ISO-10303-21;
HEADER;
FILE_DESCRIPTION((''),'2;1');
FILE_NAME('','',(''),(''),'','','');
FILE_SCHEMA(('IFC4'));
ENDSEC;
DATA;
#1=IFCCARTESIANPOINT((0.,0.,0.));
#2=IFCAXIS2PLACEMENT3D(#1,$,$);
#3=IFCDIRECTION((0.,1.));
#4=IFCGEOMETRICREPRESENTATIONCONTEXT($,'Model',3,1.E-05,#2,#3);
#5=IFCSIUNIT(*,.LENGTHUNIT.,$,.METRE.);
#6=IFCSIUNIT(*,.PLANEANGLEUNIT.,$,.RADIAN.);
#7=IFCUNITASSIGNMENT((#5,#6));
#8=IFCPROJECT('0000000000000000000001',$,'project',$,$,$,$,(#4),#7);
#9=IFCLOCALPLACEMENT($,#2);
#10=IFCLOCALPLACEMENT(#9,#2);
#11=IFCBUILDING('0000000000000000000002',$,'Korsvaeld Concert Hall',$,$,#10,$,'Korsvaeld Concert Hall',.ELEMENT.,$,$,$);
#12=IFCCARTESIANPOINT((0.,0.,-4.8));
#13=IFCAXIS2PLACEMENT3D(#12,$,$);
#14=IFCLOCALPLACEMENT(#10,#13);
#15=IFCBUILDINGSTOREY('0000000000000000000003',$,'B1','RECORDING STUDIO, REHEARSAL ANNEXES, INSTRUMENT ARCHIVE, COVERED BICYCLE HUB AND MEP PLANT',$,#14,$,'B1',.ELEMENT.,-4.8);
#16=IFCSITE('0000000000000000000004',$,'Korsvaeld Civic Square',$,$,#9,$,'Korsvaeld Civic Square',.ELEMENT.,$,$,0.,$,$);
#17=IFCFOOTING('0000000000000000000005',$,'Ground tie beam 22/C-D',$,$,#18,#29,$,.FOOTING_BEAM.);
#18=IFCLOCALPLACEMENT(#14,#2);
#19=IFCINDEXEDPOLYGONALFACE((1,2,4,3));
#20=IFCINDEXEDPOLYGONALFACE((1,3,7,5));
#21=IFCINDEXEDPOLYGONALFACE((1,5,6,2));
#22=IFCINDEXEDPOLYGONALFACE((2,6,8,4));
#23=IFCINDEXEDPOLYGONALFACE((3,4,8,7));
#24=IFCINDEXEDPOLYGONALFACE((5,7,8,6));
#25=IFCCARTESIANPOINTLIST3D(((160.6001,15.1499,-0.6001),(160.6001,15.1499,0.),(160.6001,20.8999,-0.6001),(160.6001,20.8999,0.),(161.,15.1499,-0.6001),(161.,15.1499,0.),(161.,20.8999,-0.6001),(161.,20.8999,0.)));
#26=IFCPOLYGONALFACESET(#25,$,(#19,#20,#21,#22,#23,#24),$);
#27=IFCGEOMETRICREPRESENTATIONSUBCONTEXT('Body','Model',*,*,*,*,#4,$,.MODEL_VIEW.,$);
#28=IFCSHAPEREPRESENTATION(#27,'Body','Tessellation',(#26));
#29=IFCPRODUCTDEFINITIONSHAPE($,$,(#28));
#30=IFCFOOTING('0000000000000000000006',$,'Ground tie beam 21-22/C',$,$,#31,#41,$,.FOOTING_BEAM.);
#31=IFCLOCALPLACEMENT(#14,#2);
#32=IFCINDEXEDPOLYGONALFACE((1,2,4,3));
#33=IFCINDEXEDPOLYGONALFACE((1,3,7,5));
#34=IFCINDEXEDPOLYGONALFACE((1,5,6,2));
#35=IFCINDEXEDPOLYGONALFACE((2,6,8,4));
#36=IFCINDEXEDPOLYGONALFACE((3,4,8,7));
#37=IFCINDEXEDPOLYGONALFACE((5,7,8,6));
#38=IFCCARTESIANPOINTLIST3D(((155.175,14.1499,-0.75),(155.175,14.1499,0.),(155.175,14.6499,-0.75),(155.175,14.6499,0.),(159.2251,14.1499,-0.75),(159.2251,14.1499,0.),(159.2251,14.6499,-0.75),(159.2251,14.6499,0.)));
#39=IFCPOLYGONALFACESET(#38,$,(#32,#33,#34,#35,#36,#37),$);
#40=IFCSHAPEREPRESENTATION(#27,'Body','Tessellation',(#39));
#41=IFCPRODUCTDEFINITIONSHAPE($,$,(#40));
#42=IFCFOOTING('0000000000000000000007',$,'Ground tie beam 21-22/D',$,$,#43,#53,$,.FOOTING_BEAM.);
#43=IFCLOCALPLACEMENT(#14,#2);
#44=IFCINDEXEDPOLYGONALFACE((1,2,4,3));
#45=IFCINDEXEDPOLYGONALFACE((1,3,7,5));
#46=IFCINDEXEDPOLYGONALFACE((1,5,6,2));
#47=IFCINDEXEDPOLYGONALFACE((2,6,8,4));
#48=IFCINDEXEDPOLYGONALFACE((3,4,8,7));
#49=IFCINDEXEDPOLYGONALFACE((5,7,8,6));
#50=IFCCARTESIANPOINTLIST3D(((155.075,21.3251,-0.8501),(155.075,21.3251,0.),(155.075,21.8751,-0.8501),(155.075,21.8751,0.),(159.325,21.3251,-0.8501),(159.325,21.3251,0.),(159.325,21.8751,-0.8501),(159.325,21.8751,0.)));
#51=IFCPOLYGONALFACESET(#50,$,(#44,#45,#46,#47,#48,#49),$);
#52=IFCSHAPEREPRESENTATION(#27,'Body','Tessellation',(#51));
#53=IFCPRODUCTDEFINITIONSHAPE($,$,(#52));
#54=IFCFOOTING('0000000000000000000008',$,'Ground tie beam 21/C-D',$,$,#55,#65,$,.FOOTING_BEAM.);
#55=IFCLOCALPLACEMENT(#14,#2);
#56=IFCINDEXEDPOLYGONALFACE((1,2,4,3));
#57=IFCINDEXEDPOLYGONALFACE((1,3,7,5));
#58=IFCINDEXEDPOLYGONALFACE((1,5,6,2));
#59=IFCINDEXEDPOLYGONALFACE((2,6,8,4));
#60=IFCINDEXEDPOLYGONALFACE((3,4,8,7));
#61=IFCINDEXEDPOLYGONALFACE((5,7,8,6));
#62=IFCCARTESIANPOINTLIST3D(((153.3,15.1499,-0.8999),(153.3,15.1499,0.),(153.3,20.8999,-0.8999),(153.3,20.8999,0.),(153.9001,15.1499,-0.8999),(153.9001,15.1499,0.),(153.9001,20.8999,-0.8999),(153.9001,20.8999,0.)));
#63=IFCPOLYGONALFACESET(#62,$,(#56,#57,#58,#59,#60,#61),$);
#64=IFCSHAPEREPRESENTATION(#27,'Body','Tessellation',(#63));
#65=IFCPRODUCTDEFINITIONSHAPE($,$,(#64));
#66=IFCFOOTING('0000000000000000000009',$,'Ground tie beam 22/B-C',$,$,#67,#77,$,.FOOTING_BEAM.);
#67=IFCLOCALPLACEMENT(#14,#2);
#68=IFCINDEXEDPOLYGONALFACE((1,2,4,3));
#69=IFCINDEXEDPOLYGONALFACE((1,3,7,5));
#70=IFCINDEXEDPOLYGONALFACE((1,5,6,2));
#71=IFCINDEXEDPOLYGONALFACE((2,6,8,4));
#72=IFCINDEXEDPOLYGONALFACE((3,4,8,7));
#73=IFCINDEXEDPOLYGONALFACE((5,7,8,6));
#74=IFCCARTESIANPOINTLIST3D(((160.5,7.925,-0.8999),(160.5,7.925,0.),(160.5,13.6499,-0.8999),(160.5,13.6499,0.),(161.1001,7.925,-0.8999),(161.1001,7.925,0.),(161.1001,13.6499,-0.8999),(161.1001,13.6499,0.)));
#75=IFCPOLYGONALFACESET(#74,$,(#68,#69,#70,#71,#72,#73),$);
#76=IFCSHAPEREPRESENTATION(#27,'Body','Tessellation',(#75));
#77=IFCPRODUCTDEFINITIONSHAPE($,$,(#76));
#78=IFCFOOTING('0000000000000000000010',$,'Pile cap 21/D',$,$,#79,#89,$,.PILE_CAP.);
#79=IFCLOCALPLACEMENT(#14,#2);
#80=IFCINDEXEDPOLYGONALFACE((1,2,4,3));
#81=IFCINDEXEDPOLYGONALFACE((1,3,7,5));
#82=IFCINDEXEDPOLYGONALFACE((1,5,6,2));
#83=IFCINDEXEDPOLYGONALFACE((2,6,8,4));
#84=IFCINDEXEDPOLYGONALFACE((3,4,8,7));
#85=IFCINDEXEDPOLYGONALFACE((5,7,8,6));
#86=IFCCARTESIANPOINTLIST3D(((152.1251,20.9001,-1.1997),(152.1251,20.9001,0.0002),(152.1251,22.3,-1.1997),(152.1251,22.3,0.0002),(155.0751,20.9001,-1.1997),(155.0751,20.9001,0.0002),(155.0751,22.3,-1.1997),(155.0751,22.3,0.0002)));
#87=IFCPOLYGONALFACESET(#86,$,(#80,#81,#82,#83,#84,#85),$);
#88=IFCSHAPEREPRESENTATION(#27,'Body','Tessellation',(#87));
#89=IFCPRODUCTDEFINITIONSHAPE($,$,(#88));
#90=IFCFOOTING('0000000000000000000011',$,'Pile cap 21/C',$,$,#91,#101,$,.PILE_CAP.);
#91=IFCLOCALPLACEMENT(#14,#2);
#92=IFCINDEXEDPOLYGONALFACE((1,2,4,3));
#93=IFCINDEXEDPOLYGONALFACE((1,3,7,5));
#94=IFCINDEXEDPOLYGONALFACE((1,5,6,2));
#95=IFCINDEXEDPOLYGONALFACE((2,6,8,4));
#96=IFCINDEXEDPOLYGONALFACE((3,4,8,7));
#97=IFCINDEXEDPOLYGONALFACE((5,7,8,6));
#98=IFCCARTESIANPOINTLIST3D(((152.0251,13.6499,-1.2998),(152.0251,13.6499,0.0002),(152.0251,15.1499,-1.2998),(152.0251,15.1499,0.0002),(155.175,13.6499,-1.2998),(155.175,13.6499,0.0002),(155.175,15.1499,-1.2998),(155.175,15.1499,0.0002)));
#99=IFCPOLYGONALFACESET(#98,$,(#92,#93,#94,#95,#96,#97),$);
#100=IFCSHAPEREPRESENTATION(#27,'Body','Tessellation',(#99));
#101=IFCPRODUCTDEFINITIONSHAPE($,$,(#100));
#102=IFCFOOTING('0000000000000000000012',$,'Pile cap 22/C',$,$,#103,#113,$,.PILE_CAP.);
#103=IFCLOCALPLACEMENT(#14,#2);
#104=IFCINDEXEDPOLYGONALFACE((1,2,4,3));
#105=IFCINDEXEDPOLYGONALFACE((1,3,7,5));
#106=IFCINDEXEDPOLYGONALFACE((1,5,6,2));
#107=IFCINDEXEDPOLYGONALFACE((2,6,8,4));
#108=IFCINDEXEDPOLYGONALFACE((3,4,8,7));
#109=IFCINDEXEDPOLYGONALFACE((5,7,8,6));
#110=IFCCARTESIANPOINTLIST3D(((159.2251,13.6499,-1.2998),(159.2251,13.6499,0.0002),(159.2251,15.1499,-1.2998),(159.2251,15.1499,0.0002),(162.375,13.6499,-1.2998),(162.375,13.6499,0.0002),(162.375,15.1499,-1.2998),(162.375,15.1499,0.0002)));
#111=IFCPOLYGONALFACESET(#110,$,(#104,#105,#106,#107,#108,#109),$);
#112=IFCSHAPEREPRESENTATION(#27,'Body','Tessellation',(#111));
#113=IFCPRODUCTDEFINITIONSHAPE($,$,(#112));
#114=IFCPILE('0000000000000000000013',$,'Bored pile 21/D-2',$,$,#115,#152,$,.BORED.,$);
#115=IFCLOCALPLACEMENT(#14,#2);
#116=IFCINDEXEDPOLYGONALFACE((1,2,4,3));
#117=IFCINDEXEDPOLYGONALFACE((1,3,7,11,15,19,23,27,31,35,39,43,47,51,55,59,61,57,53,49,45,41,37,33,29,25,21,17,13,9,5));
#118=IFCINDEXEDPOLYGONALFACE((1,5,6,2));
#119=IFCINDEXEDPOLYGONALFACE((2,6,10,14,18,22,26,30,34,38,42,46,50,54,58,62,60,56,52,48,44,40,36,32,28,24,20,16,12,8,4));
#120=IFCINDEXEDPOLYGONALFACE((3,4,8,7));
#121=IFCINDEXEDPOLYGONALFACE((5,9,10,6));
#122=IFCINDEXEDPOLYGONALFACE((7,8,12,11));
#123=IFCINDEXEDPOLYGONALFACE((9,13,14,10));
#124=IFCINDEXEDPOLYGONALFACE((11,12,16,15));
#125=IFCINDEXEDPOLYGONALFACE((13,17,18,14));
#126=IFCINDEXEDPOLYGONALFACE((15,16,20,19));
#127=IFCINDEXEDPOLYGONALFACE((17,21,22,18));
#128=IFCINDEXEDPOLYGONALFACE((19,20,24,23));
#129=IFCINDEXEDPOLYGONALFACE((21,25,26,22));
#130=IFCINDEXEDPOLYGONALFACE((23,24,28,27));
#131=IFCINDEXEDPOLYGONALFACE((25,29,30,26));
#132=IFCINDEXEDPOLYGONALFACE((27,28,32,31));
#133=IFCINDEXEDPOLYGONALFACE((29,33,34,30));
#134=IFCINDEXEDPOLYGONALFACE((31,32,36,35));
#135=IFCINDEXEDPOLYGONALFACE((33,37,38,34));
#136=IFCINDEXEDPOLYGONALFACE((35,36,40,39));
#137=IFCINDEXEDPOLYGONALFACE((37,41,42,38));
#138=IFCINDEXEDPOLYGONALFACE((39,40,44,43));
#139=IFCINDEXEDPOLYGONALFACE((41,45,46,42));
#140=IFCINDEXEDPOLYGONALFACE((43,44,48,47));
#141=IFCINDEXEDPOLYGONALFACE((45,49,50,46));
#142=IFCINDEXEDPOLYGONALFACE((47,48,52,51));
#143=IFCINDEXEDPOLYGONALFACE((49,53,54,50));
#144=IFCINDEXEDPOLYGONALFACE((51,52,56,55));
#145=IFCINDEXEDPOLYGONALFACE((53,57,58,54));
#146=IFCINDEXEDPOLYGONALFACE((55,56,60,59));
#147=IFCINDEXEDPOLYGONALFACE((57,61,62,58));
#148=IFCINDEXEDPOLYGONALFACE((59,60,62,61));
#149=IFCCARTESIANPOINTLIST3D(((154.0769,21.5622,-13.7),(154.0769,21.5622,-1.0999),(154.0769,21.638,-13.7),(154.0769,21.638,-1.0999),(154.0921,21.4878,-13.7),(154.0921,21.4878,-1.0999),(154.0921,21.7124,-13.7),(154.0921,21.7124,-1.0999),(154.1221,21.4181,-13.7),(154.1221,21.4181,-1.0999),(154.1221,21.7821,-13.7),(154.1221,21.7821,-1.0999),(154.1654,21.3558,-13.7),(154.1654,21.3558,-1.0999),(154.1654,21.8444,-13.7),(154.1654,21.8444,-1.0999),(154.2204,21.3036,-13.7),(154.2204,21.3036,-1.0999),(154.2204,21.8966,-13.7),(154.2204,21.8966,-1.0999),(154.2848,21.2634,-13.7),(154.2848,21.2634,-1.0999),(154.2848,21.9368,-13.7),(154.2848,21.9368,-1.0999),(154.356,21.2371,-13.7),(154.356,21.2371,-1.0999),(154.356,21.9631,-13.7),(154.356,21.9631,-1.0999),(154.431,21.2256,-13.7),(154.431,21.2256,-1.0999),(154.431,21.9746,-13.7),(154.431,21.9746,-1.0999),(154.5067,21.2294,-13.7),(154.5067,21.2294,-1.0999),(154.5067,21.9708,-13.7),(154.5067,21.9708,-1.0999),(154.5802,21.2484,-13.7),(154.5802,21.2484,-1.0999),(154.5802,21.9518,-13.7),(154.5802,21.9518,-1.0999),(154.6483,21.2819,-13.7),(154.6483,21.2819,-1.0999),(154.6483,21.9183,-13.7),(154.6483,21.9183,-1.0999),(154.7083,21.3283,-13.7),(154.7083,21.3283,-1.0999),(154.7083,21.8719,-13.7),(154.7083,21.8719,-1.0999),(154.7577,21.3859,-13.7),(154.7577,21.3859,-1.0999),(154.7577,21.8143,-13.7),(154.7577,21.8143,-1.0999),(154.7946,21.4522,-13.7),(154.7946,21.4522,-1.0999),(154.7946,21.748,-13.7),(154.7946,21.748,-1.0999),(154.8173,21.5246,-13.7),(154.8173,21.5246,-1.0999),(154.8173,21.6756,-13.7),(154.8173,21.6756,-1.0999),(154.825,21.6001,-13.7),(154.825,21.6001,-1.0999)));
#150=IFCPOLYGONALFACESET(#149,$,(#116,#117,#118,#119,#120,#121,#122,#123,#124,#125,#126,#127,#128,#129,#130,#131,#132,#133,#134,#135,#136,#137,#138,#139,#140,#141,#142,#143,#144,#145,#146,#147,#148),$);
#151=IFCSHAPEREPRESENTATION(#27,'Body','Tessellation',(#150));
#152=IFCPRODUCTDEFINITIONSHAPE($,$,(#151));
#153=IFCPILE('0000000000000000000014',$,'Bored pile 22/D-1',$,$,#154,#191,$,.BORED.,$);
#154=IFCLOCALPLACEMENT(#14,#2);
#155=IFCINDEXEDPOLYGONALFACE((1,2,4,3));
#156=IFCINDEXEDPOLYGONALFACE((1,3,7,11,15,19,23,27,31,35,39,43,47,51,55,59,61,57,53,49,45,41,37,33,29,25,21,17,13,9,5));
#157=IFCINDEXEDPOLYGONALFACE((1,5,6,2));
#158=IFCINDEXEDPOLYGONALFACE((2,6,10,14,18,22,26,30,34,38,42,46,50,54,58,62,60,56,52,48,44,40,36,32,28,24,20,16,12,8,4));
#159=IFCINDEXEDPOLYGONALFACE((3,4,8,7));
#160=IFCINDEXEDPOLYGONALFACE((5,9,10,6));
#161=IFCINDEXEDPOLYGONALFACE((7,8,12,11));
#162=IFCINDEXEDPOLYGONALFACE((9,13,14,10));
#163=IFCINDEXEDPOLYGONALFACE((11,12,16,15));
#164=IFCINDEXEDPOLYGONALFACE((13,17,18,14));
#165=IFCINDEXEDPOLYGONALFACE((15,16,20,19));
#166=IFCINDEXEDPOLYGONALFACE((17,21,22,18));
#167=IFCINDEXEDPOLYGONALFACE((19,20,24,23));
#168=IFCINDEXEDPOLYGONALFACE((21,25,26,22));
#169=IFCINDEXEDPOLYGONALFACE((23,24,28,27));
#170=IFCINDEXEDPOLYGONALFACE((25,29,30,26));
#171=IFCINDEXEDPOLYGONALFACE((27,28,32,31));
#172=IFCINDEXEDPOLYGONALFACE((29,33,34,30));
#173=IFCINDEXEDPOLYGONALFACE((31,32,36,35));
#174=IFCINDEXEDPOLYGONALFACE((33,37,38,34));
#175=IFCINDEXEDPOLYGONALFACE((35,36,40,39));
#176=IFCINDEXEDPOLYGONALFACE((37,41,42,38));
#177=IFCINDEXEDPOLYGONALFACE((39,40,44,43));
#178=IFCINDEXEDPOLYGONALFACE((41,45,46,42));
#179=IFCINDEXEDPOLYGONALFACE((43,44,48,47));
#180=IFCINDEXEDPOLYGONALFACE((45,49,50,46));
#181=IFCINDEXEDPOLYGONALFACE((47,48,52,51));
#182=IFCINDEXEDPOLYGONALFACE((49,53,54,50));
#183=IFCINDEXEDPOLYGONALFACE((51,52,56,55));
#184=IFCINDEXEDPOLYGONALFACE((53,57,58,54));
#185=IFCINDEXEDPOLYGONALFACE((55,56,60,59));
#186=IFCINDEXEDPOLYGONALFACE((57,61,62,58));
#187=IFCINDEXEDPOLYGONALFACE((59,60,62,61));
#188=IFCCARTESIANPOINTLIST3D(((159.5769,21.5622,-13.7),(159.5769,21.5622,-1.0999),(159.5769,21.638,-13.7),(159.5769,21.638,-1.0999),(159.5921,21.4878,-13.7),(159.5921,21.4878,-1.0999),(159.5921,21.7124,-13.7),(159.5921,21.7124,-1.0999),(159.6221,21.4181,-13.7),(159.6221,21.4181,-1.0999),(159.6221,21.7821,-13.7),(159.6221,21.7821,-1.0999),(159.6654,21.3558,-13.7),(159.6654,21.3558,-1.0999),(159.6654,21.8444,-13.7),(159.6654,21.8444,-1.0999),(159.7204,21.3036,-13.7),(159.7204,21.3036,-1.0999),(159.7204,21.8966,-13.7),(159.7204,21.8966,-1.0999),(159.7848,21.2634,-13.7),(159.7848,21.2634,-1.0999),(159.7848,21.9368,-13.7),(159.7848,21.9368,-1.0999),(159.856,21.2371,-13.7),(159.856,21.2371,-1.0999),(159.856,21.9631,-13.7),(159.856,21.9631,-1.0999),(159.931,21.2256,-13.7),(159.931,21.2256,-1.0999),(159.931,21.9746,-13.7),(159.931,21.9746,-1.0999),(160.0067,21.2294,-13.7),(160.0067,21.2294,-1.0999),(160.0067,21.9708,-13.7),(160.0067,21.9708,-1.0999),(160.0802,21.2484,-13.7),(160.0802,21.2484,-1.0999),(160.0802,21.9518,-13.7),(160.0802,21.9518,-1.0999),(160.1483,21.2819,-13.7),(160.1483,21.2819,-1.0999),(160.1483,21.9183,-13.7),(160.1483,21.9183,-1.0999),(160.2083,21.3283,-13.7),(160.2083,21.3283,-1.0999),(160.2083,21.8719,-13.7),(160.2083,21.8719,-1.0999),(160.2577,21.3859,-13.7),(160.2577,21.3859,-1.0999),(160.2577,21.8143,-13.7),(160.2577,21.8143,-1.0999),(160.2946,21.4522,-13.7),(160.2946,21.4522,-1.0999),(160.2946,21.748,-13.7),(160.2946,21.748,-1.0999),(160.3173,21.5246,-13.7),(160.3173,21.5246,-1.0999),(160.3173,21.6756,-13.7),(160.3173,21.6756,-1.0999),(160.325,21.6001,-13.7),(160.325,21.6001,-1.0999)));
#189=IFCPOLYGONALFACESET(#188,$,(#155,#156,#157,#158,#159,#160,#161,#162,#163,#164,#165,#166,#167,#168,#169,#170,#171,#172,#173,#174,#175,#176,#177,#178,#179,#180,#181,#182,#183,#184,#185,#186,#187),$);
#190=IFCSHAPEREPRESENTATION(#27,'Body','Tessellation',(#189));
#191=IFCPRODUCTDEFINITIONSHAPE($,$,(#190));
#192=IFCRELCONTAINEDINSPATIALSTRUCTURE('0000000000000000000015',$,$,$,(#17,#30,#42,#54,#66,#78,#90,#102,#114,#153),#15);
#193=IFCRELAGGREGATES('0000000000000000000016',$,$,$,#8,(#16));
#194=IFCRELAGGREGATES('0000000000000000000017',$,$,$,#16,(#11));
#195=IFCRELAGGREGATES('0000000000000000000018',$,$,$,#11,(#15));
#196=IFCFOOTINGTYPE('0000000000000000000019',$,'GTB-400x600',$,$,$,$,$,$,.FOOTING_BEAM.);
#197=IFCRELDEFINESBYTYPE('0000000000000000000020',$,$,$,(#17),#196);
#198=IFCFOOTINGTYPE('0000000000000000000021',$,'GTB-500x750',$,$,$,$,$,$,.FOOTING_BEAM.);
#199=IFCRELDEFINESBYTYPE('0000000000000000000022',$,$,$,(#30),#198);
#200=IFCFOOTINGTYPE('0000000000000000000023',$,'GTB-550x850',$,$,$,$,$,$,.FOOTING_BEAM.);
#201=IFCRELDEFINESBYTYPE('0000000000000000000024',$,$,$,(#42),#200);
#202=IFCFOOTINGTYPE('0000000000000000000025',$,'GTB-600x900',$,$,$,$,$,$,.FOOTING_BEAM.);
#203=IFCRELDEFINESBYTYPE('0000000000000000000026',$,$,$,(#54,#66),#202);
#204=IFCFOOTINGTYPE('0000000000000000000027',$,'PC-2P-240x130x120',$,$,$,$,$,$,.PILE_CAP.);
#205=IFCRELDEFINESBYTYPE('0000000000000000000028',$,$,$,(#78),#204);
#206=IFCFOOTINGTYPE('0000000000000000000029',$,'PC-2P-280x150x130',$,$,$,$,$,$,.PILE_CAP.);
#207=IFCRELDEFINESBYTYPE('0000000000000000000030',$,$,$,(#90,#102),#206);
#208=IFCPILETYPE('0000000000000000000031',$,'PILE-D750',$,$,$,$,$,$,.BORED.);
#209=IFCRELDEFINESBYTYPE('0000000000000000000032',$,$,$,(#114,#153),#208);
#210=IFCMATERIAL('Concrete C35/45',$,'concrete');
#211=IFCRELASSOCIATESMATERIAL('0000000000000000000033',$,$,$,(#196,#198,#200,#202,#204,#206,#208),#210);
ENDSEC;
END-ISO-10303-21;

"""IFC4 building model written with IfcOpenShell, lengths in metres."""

from ifc_helpers import new_model, si_unit, direction, frame, origin, origin_2d, place, context, subcontext, project, spatial, rectangle, circle, extrude, material, material_profile, profile_set, type_object, element, save


model = new_model("IFC4")

# Units and contexts
model_context = context("Model", 3, precision=1e-05, world=origin(), true_north=direction((0.0, 1.0)))
body_context = subcontext(model_context, "Body", "Model", "MODEL_VIEW")
ifc_project = project(units=[si_unit("LENGTHUNIT", "METRE"), si_unit("PLANEANGLEUNIT", "RADIAN")], contexts=[model_context])

# Site, building, storey
site_placement = place(None, origin())
site = spatial("IfcSite", under=ifc_project, at=site_placement, Name="Korsvaeld Civic Square", LongName="Korsvaeld Civic Square", CompositionType="ELEMENT", RefElevation=0.0)
building_placement = place(site_placement, origin())
building = spatial("IfcBuilding", under=site, at=building_placement, Name="Korsvaeld Concert Hall", LongName="Korsvaeld Concert Hall", CompositionType="ELEMENT")
storey_placement = place(building_placement, frame((0.0, 0.0, -4.8)))
storey = spatial("IfcBuildingStorey", under=building, at=storey_placement, Name="B1", Description="RECORDING STUDIO, REHEARSAL ANNEXES, INSTRUMENT ARCHIVE, COVERED BICYCLE HUB AND MEP PLANT", LongName="B1", CompositionType="ELEMENT", Elevation=-4.8)

# Footings
ifc_material_1 = material(Name="Concrete C35/45", Category="concrete")
ifc_material_profile_1 = material_profile(ifc_material_1, rectangle(XDim=0.3999, YDim=0.6001, at=origin_2d()), Name="GTB 400x600")
ifc_profile_set_1 = profile_set([ifc_material_profile_1], Name="Concrete C35/45")
footing_type_1 = type_object("IfcFootingType", Name="GTB-400x600", PredefinedType="FOOTING_BEAM", material=ifc_profile_set_1)
footing_1_placement = place(storey_placement, frame((160.8, 15.1499, -0.3), z_axis=(0.0, 1.0, 0.0), x_axis=(-1.0, 0.0, 0.0)))
element("IfcFooting", 1, at=footing_1_placement, inside=storey, type_object=footing_type_1, Name="Ground tie beam 22/C-D", PredefinedType="FOOTING_BEAM", context=body_context, shape_type="SweptSolid", body=[
    extrude(rectangle(XDim=0.3999, YDim=0.6001, at=origin_2d()), origin(), (0.0, 0.0, 1.0), 5.75),
])
ifc_material_profile_2 = material_profile(ifc_material_1, rectangle(XDim=0.5, YDim=0.75, at=origin_2d()), Name="GTB 500x750")
ifc_profile_set_2 = profile_set([ifc_material_profile_2], Name="Concrete C35/45")
footing_type_2 = type_object("IfcFootingType", Name="GTB-500x750", PredefinedType="FOOTING_BEAM", material=ifc_profile_set_2)
footing_2_placement = place(storey_placement, frame((155.175, 14.3999, -0.375), z_axis=(1.0, 0.0, 0.0), x_axis=(0.0, 1.0, 0.0)))
element("IfcFooting", 2, at=footing_2_placement, inside=storey, type_object=footing_type_2, Name="Ground tie beam 21-22/C", PredefinedType="FOOTING_BEAM", context=body_context, shape_type="SweptSolid", body=[
    extrude(rectangle(XDim=0.5, YDim=0.75, at=origin_2d()), origin(), (0.0, 0.0, 1.0), 4.05),
])
ifc_material_profile_3 = material_profile(ifc_material_1, rectangle(XDim=0.55, YDim=0.8501, at=origin_2d()), Name="GTB 550x850")
ifc_profile_set_3 = profile_set([ifc_material_profile_3], Name="Concrete C35/45")
footing_type_3 = type_object("IfcFootingType", Name="GTB-550x850", PredefinedType="FOOTING_BEAM", material=ifc_profile_set_3)
footing_3_placement = place(storey_placement, frame((155.075, 21.6001, -0.425), z_axis=(1.0, 0.0, 0.0), x_axis=(0.0, 1.0, 0.0)))
element("IfcFooting", 3, at=footing_3_placement, inside=storey, type_object=footing_type_3, Name="Ground tie beam 21-22/D", PredefinedType="FOOTING_BEAM", context=body_context, shape_type="SweptSolid", body=[
    extrude(rectangle(XDim=0.55, YDim=0.8501, at=origin_2d()), origin(), (0.0, 0.0, 1.0), 4.25),
])
ifc_material_profile_4 = material_profile(ifc_material_1, rectangle(XDim=0.6001, YDim=0.8999, at=origin_2d()), Name="GTB 600x900")
ifc_profile_set_4 = profile_set([ifc_material_profile_4], Name="Concrete C35/45")
footing_type_4 = type_object("IfcFootingType", Name="GTB-600x900", PredefinedType="FOOTING_BEAM", material=ifc_profile_set_4)
footing_4_placement = place(storey_placement, frame((153.6001, 15.1499, -0.45), z_axis=(0.0, 1.0, 0.0), x_axis=(-1.0, 0.0, 0.0)))
element("IfcFooting", 4, at=footing_4_placement, inside=storey, type_object=footing_type_4, Name="Ground tie beam 21/C-D", PredefinedType="FOOTING_BEAM", context=body_context, shape_type="SweptSolid", body=[
    extrude(rectangle(XDim=0.6001, YDim=0.8999, at=origin_2d()), origin(), (0.0, 0.0, 1.0), 5.75),
])
footing_5_placement = place(storey_placement, frame((160.8, 7.925, -0.45), z_axis=(0.0, 1.0, 0.0), x_axis=(-1.0, 0.0, 0.0)))
element("IfcFooting", 5, at=footing_5_placement, inside=storey, type_object=footing_type_4, Name="Ground tie beam 22/B-C", PredefinedType="FOOTING_BEAM", context=body_context, shape_type="SweptSolid", body=[
    extrude(rectangle(XDim=0.6001, YDim=0.8999, at=origin_2d()), origin(), (0.0, 0.0, 1.0), 5.7249),
])
footing_type_5 = type_object("IfcFootingType", Name="PC-2P-240x130x120", PredefinedType="PILE_CAP", material=ifc_material_1)
footing_6_placement = place(storey_placement, frame((153.6001, 21.6001, -1.1997), z_axis=(0.0, 0.0, 1.0), x_axis=(1.0, 0.0, 0.0)))
element("IfcFooting", 6, at=footing_6_placement, inside=storey, type_object=footing_type_5, Name="Pile cap 21/D", PredefinedType="PILE_CAP", context=body_context, shape_type="SweptSolid", body=[
    extrude(rectangle(XDim=2.95, YDim=1.3999, at=origin_2d()), origin(), (0.0, 0.0, 1.0), 1.2),
])
footing_type_6 = type_object("IfcFootingType", Name="PC-2P-280x150x130", PredefinedType="PILE_CAP", material=ifc_material_1)
for number, where, z_axis, x_axis, name in (
    (7, (153.6001, 14.3999, -1.2998), (0.0, 0.0, 1.0), (1.0, 0.0, 0.0), "Pile cap 21/C"),
    (8, (160.8, 14.3999, -1.2998), (0.0, 0.0, 1.0), (1.0, 0.0, 0.0), "Pile cap 22/C"),
):
    element("IfcFooting", number, at=place(storey_placement, frame(where, z_axis=z_axis, x_axis=x_axis)), inside=storey, type_object=footing_type_6, Name=name, PredefinedType="PILE_CAP", context=body_context, shape_type="SweptSolid", body=[
        extrude(rectangle(XDim=3.1499, YDim=1.5, at=origin_2d()), origin(), (0.0, 0.0, 1.0), 1.3),
    ])

# Piles
ifc_material_profile_5 = material_profile(ifc_material_1, circle(Radius=0.375, at=origin_2d()), Name="BORED PILE D750")
ifc_profile_set_5 = profile_set([ifc_material_profile_5], Name="Concrete C35/45")
pile_type_1 = type_object("IfcPileType", Name="PILE-D750", PredefinedType="BORED", material=ifc_profile_set_5)
for number, where, z_axis, x_axis, name in (
    (9, (154.45, 21.6001, -1.0999), (0.0, 0.0, -1.0), (1.0, 0.0, 0.0), "Bored pile 21/D-2"),
    (10, (159.95, 21.6001, -1.0999), (0.0, 0.0, -1.0), (1.0, 0.0, 0.0), "Bored pile 22/D-1"),
):
    element("IfcPile", number, at=place(storey_placement, frame(where, z_axis=z_axis, x_axis=x_axis)), inside=storey, type_object=pile_type_1, Name=name, PredefinedType="BORED", context=body_context, shape_type="SweptSolid", body=[
        extrude(circle(Radius=0.375, at=origin_2d()), origin(), (0.0, 0.0, 1.0), 12.6001),
    ])

save(model, "model.ifc")
